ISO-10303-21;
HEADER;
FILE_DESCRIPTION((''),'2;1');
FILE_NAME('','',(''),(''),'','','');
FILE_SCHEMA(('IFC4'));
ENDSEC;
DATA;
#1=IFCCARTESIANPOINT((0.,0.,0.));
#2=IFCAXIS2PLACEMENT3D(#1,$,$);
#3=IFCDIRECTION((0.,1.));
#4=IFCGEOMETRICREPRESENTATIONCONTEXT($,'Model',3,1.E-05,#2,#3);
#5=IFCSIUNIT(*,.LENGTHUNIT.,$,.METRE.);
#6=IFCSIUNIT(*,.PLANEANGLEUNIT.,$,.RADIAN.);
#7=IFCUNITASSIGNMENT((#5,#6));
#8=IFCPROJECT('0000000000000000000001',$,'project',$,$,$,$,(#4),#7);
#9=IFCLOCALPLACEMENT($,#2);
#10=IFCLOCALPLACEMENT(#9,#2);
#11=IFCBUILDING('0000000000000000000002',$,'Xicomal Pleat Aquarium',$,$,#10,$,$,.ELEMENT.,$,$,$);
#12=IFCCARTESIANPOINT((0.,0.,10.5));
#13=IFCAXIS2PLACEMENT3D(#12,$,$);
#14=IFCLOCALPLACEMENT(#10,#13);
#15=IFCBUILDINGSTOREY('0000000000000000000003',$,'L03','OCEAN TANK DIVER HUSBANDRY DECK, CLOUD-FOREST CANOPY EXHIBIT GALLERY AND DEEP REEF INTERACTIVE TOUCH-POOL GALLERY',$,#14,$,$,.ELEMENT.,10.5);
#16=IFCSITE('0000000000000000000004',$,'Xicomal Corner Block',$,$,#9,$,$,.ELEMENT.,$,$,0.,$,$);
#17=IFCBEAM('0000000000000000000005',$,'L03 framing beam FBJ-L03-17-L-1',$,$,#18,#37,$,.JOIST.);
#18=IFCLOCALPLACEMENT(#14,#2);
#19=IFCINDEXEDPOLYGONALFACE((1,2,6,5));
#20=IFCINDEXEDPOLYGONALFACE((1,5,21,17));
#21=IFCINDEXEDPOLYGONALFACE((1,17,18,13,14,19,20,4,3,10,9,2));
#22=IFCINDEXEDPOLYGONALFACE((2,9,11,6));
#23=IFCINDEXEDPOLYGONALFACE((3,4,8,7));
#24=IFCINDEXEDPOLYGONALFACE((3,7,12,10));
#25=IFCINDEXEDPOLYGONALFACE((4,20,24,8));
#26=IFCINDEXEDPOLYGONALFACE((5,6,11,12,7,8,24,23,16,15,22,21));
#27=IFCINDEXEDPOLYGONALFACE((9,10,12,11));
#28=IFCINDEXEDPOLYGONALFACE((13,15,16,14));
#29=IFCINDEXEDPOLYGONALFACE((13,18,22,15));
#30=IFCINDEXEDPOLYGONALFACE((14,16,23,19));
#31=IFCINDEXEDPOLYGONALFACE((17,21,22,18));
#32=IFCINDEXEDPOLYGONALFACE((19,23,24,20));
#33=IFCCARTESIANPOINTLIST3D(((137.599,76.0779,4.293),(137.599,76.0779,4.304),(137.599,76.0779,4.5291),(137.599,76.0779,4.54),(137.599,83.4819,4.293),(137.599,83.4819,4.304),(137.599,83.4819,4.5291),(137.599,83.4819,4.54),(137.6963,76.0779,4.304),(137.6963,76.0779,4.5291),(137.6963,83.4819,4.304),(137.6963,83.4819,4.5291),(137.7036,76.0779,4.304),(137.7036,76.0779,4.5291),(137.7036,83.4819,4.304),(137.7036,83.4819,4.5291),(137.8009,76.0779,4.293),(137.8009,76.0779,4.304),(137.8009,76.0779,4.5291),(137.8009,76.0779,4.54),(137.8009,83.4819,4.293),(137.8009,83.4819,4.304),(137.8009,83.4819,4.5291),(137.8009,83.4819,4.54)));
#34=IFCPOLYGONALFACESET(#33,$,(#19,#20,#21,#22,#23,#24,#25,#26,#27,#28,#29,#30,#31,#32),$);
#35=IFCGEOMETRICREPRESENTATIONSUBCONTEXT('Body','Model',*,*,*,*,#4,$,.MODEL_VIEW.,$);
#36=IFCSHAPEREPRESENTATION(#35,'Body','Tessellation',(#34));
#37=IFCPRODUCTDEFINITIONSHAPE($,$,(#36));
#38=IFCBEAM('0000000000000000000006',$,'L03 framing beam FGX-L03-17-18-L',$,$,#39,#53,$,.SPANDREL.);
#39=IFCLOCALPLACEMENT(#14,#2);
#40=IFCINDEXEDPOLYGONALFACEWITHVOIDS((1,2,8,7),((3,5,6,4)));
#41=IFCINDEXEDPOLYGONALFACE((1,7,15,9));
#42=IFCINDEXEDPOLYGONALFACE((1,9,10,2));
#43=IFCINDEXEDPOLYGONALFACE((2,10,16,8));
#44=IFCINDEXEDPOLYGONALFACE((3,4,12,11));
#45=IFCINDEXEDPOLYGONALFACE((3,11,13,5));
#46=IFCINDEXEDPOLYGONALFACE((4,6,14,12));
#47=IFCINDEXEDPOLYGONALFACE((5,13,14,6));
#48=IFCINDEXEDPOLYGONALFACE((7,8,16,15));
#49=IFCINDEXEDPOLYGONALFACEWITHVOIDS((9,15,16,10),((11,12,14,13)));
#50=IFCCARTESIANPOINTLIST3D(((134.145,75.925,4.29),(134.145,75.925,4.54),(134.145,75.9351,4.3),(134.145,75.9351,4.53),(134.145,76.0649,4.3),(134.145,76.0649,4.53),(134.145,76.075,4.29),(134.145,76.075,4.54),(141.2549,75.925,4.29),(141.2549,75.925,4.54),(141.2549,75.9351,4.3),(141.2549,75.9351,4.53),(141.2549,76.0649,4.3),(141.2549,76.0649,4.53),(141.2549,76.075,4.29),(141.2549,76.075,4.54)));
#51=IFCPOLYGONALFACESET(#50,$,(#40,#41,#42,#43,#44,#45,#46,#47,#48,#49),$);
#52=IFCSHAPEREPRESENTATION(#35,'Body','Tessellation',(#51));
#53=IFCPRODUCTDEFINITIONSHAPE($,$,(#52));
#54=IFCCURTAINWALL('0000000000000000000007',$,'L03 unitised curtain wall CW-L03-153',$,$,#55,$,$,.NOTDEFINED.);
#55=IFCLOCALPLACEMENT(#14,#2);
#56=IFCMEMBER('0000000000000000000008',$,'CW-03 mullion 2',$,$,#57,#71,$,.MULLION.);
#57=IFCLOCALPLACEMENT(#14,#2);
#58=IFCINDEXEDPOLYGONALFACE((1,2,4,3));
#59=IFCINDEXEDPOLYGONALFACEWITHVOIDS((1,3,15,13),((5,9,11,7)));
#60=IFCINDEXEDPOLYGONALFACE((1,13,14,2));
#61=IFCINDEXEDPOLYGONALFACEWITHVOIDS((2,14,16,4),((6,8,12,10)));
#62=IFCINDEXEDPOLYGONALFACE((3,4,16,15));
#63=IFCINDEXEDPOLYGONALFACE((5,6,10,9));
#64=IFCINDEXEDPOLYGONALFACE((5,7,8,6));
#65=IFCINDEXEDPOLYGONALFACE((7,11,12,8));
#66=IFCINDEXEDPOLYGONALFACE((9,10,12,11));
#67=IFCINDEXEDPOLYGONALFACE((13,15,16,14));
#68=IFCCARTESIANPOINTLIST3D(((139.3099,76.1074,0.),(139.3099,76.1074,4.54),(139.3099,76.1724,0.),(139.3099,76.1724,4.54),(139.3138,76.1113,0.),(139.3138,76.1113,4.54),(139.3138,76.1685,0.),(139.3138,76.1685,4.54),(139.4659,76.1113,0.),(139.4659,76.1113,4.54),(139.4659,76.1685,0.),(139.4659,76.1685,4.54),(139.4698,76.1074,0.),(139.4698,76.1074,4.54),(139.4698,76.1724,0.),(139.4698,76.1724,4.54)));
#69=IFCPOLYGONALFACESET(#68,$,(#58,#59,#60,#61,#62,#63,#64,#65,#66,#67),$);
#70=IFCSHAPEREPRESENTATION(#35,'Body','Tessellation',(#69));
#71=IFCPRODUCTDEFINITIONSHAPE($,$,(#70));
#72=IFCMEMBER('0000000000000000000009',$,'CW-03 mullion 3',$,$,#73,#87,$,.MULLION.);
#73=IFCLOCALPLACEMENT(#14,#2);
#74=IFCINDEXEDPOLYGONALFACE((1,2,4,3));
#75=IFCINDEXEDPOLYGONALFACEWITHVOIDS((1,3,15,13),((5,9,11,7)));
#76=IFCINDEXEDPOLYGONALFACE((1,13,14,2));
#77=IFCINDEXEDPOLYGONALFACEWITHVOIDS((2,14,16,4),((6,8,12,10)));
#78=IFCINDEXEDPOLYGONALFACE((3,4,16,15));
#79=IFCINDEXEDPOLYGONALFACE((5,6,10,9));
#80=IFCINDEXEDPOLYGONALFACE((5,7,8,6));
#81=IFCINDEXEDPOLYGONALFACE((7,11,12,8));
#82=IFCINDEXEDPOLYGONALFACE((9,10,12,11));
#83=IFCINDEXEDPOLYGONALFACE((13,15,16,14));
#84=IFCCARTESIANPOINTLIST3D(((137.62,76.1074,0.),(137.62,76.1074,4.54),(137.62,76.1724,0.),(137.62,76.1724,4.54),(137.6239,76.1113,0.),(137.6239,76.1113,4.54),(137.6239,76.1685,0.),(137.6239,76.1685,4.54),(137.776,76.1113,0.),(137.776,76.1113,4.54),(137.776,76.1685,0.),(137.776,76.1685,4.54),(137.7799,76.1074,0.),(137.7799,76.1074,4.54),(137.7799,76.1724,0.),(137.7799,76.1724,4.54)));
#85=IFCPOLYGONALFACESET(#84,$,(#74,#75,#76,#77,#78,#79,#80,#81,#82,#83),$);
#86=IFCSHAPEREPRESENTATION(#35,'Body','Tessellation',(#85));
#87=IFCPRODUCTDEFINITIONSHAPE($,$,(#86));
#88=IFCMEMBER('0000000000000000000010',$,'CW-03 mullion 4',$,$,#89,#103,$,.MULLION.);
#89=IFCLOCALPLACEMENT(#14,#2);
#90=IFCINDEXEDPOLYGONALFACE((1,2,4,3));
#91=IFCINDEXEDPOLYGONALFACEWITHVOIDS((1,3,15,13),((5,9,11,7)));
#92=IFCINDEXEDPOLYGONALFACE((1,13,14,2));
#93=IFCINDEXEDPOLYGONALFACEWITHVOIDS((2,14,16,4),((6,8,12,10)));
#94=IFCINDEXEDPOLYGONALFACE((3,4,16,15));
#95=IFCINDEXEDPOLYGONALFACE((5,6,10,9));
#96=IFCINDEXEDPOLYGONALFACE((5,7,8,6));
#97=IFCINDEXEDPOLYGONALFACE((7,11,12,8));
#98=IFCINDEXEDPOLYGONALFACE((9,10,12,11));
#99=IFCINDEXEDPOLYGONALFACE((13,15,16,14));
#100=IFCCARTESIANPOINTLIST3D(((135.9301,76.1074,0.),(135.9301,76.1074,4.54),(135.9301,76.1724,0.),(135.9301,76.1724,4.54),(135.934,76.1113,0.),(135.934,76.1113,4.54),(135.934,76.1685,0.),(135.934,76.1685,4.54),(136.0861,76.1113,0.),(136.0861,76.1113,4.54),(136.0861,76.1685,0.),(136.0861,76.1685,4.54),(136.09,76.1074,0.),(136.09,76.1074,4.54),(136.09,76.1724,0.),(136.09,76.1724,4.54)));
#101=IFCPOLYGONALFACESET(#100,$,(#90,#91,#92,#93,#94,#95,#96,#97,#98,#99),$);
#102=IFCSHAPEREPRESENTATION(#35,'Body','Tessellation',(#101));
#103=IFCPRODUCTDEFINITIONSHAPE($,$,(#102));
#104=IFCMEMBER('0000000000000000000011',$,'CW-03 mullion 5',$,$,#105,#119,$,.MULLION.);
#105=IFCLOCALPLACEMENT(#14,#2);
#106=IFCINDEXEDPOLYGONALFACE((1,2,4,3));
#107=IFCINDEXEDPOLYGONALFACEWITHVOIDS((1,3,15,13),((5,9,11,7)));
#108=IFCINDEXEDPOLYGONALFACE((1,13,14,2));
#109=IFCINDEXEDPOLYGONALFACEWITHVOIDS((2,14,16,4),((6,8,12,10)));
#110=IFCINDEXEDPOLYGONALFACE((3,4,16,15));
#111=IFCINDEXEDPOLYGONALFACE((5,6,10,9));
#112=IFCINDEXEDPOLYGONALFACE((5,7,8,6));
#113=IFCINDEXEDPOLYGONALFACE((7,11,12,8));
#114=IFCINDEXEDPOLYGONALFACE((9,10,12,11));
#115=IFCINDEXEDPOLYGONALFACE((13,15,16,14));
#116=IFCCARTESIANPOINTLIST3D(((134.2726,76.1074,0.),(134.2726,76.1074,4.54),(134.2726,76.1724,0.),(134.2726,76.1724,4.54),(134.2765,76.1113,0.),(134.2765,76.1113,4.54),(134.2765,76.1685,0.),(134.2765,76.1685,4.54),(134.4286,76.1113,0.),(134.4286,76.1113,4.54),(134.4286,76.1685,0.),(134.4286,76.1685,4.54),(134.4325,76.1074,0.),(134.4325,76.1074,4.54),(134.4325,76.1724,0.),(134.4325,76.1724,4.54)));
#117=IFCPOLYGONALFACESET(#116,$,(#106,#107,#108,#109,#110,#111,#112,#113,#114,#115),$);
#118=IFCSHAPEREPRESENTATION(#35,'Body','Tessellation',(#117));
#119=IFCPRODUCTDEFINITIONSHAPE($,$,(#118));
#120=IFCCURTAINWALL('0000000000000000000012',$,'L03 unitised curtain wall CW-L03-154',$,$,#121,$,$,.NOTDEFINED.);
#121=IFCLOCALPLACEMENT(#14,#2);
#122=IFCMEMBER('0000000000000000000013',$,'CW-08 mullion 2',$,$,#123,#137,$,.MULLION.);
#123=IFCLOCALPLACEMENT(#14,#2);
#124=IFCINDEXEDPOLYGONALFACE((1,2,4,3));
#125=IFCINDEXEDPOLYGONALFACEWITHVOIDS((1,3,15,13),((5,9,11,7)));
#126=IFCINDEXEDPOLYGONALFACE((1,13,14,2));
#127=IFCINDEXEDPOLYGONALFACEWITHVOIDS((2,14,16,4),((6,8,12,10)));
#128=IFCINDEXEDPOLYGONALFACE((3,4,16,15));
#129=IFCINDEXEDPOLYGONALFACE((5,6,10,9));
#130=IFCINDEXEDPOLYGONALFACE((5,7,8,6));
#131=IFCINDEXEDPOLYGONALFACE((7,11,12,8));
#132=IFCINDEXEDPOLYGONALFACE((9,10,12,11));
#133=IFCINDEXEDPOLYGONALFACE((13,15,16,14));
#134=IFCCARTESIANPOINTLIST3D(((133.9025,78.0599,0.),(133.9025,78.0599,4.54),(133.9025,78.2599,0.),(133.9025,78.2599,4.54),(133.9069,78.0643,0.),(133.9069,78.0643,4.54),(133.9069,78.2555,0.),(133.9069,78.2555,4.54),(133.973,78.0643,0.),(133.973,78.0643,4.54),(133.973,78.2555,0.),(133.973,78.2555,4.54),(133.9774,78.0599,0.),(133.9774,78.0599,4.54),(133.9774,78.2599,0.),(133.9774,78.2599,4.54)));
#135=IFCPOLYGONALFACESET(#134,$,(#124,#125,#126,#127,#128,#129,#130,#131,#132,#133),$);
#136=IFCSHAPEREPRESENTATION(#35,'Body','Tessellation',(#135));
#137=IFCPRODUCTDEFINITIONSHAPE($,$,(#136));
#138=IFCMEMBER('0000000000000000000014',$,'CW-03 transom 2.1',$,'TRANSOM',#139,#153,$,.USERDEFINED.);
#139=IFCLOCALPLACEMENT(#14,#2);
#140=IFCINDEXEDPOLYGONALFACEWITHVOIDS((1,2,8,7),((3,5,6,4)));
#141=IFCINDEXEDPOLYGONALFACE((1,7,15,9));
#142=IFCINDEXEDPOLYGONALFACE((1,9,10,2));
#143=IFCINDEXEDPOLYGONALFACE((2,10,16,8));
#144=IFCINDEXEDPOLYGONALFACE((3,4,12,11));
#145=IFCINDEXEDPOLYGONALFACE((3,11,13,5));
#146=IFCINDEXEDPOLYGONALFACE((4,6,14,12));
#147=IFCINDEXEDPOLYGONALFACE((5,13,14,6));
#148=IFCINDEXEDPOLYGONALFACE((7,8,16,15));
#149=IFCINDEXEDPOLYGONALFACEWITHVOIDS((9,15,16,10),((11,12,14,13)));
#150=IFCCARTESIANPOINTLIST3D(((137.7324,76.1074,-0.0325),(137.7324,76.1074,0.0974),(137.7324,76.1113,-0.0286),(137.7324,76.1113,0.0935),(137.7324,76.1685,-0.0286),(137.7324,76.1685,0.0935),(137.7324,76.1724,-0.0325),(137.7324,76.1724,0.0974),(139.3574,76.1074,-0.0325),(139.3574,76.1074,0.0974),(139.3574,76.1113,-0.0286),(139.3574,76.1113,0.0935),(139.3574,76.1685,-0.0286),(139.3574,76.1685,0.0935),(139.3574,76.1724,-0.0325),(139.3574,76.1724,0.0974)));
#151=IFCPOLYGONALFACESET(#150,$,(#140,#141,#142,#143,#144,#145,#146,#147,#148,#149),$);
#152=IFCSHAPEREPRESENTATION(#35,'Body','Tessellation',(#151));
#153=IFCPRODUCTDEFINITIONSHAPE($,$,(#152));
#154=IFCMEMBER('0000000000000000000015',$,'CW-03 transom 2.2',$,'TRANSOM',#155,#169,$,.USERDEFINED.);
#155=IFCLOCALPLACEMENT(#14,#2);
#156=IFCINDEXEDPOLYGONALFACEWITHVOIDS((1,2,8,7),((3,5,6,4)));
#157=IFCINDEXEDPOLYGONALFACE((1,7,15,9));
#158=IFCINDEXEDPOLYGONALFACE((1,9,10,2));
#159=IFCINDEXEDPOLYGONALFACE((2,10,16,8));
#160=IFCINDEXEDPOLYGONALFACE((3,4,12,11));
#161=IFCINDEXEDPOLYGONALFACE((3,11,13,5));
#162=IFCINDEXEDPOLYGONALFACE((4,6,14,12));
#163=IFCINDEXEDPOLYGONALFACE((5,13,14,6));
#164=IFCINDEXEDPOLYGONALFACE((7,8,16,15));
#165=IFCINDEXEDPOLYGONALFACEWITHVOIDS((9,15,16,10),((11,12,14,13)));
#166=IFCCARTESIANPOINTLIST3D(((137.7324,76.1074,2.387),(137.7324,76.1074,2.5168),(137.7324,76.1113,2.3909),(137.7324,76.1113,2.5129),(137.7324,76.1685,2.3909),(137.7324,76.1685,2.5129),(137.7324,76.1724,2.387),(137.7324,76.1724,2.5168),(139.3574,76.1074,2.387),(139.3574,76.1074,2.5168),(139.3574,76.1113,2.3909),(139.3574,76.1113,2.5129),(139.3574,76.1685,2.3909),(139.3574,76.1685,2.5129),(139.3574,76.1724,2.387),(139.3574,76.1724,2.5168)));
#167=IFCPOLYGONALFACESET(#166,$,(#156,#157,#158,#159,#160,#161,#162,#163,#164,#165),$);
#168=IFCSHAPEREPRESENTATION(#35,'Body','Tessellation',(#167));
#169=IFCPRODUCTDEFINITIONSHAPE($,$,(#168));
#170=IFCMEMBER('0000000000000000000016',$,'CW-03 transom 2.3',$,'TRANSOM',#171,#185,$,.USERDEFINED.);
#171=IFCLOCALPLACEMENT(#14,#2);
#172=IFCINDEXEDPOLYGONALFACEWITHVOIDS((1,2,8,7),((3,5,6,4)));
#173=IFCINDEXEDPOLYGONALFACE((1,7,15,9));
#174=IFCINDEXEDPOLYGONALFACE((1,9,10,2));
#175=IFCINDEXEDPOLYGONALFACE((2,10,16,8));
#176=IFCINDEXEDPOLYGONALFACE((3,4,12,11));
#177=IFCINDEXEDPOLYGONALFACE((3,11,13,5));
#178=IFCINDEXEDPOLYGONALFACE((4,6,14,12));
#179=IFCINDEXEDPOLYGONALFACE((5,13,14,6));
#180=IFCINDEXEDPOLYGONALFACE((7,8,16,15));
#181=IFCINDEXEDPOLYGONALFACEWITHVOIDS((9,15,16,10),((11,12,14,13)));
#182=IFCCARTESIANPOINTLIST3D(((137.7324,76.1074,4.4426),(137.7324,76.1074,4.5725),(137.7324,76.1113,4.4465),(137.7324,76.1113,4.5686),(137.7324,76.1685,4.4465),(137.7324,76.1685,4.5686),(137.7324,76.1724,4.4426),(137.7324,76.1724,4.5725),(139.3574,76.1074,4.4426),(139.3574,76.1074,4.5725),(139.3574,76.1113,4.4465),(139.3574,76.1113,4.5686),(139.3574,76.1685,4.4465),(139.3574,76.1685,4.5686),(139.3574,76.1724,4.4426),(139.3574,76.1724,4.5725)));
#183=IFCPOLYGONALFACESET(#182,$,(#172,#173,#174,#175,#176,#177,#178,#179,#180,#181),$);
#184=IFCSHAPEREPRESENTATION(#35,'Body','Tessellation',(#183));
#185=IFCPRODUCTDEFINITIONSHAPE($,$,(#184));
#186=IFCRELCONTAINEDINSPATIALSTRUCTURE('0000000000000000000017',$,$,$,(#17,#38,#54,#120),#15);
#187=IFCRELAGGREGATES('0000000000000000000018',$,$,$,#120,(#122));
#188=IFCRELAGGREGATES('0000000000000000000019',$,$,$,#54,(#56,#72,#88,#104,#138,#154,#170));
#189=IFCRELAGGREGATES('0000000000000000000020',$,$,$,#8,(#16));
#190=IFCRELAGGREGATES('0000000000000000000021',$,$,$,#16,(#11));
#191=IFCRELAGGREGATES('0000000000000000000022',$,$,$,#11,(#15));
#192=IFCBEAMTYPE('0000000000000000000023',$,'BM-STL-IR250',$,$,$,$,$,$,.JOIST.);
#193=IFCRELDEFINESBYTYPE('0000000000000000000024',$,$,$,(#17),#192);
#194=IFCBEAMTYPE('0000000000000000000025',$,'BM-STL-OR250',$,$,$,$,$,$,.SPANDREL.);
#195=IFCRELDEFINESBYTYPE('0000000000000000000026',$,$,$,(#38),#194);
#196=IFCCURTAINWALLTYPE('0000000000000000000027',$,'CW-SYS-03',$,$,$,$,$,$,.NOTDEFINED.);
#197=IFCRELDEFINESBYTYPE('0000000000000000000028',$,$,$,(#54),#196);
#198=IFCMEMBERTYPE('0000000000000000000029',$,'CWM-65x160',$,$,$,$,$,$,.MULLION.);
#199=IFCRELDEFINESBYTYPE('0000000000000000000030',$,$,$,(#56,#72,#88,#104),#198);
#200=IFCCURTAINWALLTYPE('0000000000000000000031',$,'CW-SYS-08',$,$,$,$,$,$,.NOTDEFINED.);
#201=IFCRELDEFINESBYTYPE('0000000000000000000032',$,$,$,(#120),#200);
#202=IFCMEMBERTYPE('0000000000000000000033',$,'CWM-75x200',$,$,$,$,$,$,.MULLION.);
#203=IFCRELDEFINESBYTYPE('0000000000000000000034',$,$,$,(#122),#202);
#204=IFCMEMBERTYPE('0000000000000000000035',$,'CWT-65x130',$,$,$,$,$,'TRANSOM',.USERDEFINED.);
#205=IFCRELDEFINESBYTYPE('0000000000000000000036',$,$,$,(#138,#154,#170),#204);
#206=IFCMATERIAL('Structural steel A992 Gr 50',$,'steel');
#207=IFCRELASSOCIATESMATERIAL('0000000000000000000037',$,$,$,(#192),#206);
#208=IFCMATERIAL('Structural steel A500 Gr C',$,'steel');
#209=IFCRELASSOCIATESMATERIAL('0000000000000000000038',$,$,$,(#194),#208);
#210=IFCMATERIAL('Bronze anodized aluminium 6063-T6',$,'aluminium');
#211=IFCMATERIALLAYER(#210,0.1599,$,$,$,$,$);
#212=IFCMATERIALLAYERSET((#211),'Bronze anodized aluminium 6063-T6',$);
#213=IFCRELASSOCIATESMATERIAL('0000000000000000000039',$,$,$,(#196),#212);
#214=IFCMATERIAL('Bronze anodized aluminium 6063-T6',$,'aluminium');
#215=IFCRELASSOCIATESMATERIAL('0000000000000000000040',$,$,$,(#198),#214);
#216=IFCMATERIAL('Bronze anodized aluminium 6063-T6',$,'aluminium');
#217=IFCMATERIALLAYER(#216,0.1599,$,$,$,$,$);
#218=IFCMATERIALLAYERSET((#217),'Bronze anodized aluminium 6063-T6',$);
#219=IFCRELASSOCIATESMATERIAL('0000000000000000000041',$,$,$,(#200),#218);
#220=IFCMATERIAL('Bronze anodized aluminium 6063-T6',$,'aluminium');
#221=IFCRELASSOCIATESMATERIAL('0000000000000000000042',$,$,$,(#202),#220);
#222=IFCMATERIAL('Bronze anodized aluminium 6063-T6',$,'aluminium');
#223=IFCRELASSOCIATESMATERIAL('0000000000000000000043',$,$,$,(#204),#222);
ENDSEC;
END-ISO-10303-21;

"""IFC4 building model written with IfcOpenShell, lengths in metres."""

from ifc_helpers import new_model, si_unit, direction, frame, origin, origin_2d, place, context, subcontext, project, spatial, hollow_rectangle, i_section, extrude, material, layer, layer_set, material_profile, profile_set, type_object, element, aggregate, save


model = new_model("IFC4")

# Units and contexts
model_context = context("Model", 3, precision=1e-05, world=origin(), true_north=direction((0.0, 1.0)))
body_context = subcontext(model_context, "Body", "Model", "MODEL_VIEW")
ifc_project = project(units=[si_unit("LENGTHUNIT", "METRE"), si_unit("PLANEANGLEUNIT", "RADIAN")], contexts=[model_context])

# Site, building, storey
site_placement = place(None, origin())
site = spatial("IfcSite", under=ifc_project, at=site_placement, Name="Xicomal Corner Block", CompositionType="ELEMENT", RefElevation=0.0)
building_placement = place(site_placement, origin())
building = spatial("IfcBuilding", under=site, at=building_placement, Name="Xicomal Pleat Aquarium", CompositionType="ELEMENT")
storey_placement = place(building_placement, frame((0.0, 0.0, 10.5)))
storey = spatial("IfcBuildingStorey", under=building, at=storey_placement, Name="L03", Description="OCEAN TANK DIVER HUSBANDRY DECK, CLOUD-FOREST CANOPY EXHIBIT GALLERY AND DEEP REEF INTERACTIVE TOUCH-POOL GALLERY", CompositionType="ELEMENT", Elevation=10.5)

# Beams
ifc_material_1 = material(Name="Structural steel A992 Gr 50", Category="steel")
ifc_material_profile_1 = material_profile(ifc_material_1, i_section(OverallWidth=0.2019, OverallDepth=0.2471, WebThickness=0.0073, FlangeThickness=0.011, at=origin_2d()), Name="IR 250x49")
ifc_profile_set_1 = profile_set([ifc_material_profile_1], Name="Structural steel A992 Gr 50")
beam_type_1 = type_object("IfcBeamType", Name="BM-STL-IR250", PredefinedType="JOIST", material=ifc_profile_set_1)
beam_1_placement = place(storey_placement, frame((137.7, 76.0779, 4.4165), z_axis=(0.0, 1.0, 0.0), x_axis=(-1.0, 0.0, 0.0)))
element("IfcBeam", 1, at=beam_1_placement, inside=storey, type_object=beam_type_1, Name="L03 framing beam FBJ-L03-17-L-1", PredefinedType="JOIST", context=body_context, shape_type="SweptSolid", body=[
    extrude(i_section(OverallWidth=0.2019, OverallDepth=0.2471, WebThickness=0.0073, FlangeThickness=0.011, at=origin_2d()), origin(), (0.0, 0.0, 1.0), 7.4041),
])
ifc_material_2 = material(Name="Structural steel A500 Gr C", Category="steel")
ifc_material_profile_2 = material_profile(ifc_material_2, hollow_rectangle(XDim=0.1499, YDim=0.25, WallThickness=0.01, at=origin_2d()), Name="OR 250x150x10")
ifc_profile_set_2 = profile_set([ifc_material_profile_2], Name="Structural steel A500 Gr C")
beam_type_2 = type_object("IfcBeamType", Name="BM-STL-OR250", PredefinedType="SPANDREL", material=ifc_profile_set_2)
beam_2_placement = place(storey_placement, frame((134.145, 76.0, 4.415), z_axis=(1.0, 0.0, 0.0), x_axis=(0.0, 1.0, 0.0)))
element("IfcBeam", 2, at=beam_2_placement, inside=storey, type_object=beam_type_2, Name="L03 framing beam FGX-L03-17-18-L", PredefinedType="SPANDREL", context=body_context, shape_type="SweptSolid", body=[
    extrude(hollow_rectangle(XDim=0.1499, YDim=0.25, WallThickness=0.01, at=origin_2d()), origin(), (0.0, 0.0, 1.0), 7.1099),
])

# Curtain wall, members
ifc_material_3 = material(Name="Bronze anodized aluminium 6063-T6", Category="aluminium")
ifc_layer_1 = layer(ifc_material_3, 0.1599)
ifc_layer_set_1 = layer_set([ifc_layer_1], Name="Bronze anodized aluminium 6063-T6")
curtain_wall_type_1 = type_object("IfcCurtainWallType", Name="CW-SYS-03", PredefinedType="NOTDEFINED", material=ifc_layer_set_1)
curtain_wall_1_placement = place(storey_placement, origin())
curtain_wall_1 = element("IfcCurtainWall", 3, at=curtain_wall_1_placement, inside=storey, type_object=curtain_wall_type_1, Name="L03 unitised curtain wall CW-L03-153", PredefinedType="NOTDEFINED")
ifc_material_4 = material(Name="Bronze anodized aluminium 6063-T6", Category="aluminium")
ifc_material_profile_3 = material_profile(ifc_material_4, hollow_rectangle(XDim=0.0649, YDim=0.1599, WallThickness=0.0039, at=origin_2d()), Name="ALU MULL 65x160")
ifc_profile_set_3 = profile_set([ifc_material_profile_3], Name="Bronze anodized aluminium 6063-T6")
member_type_1 = type_object("IfcMemberType", Name="CWM-65x160", PredefinedType="MULLION", material=ifc_profile_set_3)
member_1_placement = place(storey_placement, frame((139.3899, 76.1399, 0.0), z_axis=(0.0, 0.0, 1.0), x_axis=(0.0, -1.0, 0.0)))
member_1 = element("IfcMember", 4, at=member_1_placement, type_object=member_type_1, Name="CW-03 mullion 2", PredefinedType="MULLION", context=body_context, shape_type="SweptSolid", body=[
    extrude(hollow_rectangle(XDim=0.0649, YDim=0.1599, WallThickness=0.0039, at=origin_2d()), origin(), (0.0, 0.0, 1.0), 4.54),
])
member_2_placement = place(storey_placement, frame((137.7, 76.1399, 0.0), z_axis=(0.0, 0.0, 1.0), x_axis=(0.0, -1.0, 0.0)))
member_2 = element("IfcMember", 5, at=member_2_placement, type_object=member_type_1, Name="CW-03 mullion 3", PredefinedType="MULLION", context=body_context, shape_type="SweptSolid", body=[
    extrude(hollow_rectangle(XDim=0.0649, YDim=0.1599, WallThickness=0.0039, at=origin_2d()), origin(), (0.0, 0.0, 1.0), 4.54),
])
member_3_placement = place(storey_placement, frame((136.01, 76.1399, 0.0), z_axis=(0.0, 0.0, 1.0), x_axis=(0.0, -1.0, 0.0)))
member_3 = element("IfcMember", 6, at=member_3_placement, type_object=member_type_1, Name="CW-03 mullion 4", PredefinedType="MULLION", context=body_context, shape_type="SweptSolid", body=[
    extrude(hollow_rectangle(XDim=0.0649, YDim=0.1599, WallThickness=0.0039, at=origin_2d()), origin(), (0.0, 0.0, 1.0), 4.54),
])
member_4_placement = place(storey_placement, frame((134.3525, 76.1399, 0.0), z_axis=(0.0, 0.0, 1.0), x_axis=(0.0, -1.0, 0.0)))
member_4 = element("IfcMember", 7, at=member_4_placement, type_object=member_type_1, Name="CW-03 mullion 5", PredefinedType="MULLION", context=body_context, shape_type="SweptSolid", body=[
    extrude(hollow_rectangle(XDim=0.0649, YDim=0.1599, WallThickness=0.0039, at=origin_2d()), origin(), (0.0, 0.0, 1.0), 4.54),
])

# Curtain wall, member
ifc_material_5 = material(Name="Bronze anodized aluminium 6063-T6", Category="aluminium")
ifc_layer_2 = layer(ifc_material_5, 0.1599)
ifc_layer_set_2 = layer_set([ifc_layer_2], Name="Bronze anodized aluminium 6063-T6")
curtain_wall_type_2 = type_object("IfcCurtainWallType", Name="CW-SYS-08", PredefinedType="NOTDEFINED", material=ifc_layer_set_2)
curtain_wall_2_placement = place(storey_placement, origin())
curtain_wall_2 = element("IfcCurtainWall", 8, at=curtain_wall_2_placement, inside=storey, type_object=curtain_wall_type_2, Name="L03 unitised curtain wall CW-L03-154", PredefinedType="NOTDEFINED")
ifc_material_6 = material(Name="Bronze anodized aluminium 6063-T6", Category="aluminium")
ifc_material_profile_4 = material_profile(ifc_material_6, hollow_rectangle(XDim=0.075, YDim=0.2, WallThickness=0.0044, at=origin_2d()), Name="ALU MULL 75x200")
ifc_profile_set_4 = profile_set([ifc_material_profile_4], Name="Bronze anodized aluminium 6063-T6")
member_type_2 = type_object("IfcMemberType", Name="CWM-75x200", PredefinedType="MULLION", material=ifc_profile_set_4)
member_5_placement = place(storey_placement, frame((133.9399, 78.1599, 0.0), z_axis=(0.0, 0.0, 1.0), x_axis=(-1.0, 0.0, 0.0)))
member_5 = element("IfcMember", 9, at=member_5_placement, type_object=member_type_2, Name="CW-08 mullion 2", PredefinedType="MULLION", context=body_context, shape_type="SweptSolid", body=[
    extrude(hollow_rectangle(XDim=0.075, YDim=0.2, WallThickness=0.0044, at=origin_2d()), origin(), (0.0, 0.0, 1.0), 4.54),
])
aggregate(curtain_wall_2, [member_5])

# Members
ifc_material_7 = material(Name="Bronze anodized aluminium 6063-T6", Category="aluminium")
ifc_material_profile_5 = material_profile(ifc_material_7, hollow_rectangle(XDim=0.0649, YDim=0.1299, WallThickness=0.0039, at=origin_2d()), Name="ALU TRAN 65x130")
ifc_profile_set_5 = profile_set([ifc_material_profile_5], Name="Bronze anodized aluminium 6063-T6")
member_type_3 = type_object("IfcMemberType", Name="CWT-65x130", ElementType="TRANSOM", PredefinedType="USERDEFINED", material=ifc_profile_set_5)
member_6_placement = place(storey_placement, frame((139.3574, 76.1399, 0.0325), z_axis=(-1.0, 0.0, 0.0), x_axis=(0.0, -1.0, 0.0)))
member_6 = element("IfcMember", 10, at=member_6_placement, type_object=member_type_3, Name="CW-03 transom 2.1", ObjectType="TRANSOM", PredefinedType="USERDEFINED", context=body_context, shape_type="SweptSolid", body=[
    extrude(hollow_rectangle(XDim=0.0649, YDim=0.1299, WallThickness=0.0039, at=origin_2d()), origin(), (0.0, 0.0, 1.0), 1.625),
])
member_7_placement = place(storey_placement, frame((139.3574, 76.1399, 2.4519), z_axis=(-1.0, 0.0, 0.0), x_axis=(0.0, -1.0, 0.0)))
member_7 = element("IfcMember", 11, at=member_7_placement, type_object=member_type_3, Name="CW-03 transom 2.2", ObjectType="TRANSOM", PredefinedType="USERDEFINED", context=body_context, shape_type="SweptSolid", body=[
    extrude(hollow_rectangle(XDim=0.0649, YDim=0.1299, WallThickness=0.0039, at=origin_2d()), origin(), (0.0, 0.0, 1.0), 1.625),
])
member_8_placement = place(storey_placement, frame((139.3574, 76.1399, 4.5076), z_axis=(-1.0, 0.0, 0.0), x_axis=(0.0, -1.0, 0.0)))
member_8 = element("IfcMember", 12, at=member_8_placement, type_object=member_type_3, Name="CW-03 transom 2.3", ObjectType="TRANSOM", PredefinedType="USERDEFINED", context=body_context, shape_type="SweptSolid", body=[
    extrude(hollow_rectangle(XDim=0.0649, YDim=0.1299, WallThickness=0.0039, at=origin_2d()), origin(), (0.0, 0.0, 1.0), 1.625),
])

aggregate(curtain_wall_1, [member_1, member_2, member_3, member_4, member_6, member_7, member_8])

save(model, "model.ifc")
